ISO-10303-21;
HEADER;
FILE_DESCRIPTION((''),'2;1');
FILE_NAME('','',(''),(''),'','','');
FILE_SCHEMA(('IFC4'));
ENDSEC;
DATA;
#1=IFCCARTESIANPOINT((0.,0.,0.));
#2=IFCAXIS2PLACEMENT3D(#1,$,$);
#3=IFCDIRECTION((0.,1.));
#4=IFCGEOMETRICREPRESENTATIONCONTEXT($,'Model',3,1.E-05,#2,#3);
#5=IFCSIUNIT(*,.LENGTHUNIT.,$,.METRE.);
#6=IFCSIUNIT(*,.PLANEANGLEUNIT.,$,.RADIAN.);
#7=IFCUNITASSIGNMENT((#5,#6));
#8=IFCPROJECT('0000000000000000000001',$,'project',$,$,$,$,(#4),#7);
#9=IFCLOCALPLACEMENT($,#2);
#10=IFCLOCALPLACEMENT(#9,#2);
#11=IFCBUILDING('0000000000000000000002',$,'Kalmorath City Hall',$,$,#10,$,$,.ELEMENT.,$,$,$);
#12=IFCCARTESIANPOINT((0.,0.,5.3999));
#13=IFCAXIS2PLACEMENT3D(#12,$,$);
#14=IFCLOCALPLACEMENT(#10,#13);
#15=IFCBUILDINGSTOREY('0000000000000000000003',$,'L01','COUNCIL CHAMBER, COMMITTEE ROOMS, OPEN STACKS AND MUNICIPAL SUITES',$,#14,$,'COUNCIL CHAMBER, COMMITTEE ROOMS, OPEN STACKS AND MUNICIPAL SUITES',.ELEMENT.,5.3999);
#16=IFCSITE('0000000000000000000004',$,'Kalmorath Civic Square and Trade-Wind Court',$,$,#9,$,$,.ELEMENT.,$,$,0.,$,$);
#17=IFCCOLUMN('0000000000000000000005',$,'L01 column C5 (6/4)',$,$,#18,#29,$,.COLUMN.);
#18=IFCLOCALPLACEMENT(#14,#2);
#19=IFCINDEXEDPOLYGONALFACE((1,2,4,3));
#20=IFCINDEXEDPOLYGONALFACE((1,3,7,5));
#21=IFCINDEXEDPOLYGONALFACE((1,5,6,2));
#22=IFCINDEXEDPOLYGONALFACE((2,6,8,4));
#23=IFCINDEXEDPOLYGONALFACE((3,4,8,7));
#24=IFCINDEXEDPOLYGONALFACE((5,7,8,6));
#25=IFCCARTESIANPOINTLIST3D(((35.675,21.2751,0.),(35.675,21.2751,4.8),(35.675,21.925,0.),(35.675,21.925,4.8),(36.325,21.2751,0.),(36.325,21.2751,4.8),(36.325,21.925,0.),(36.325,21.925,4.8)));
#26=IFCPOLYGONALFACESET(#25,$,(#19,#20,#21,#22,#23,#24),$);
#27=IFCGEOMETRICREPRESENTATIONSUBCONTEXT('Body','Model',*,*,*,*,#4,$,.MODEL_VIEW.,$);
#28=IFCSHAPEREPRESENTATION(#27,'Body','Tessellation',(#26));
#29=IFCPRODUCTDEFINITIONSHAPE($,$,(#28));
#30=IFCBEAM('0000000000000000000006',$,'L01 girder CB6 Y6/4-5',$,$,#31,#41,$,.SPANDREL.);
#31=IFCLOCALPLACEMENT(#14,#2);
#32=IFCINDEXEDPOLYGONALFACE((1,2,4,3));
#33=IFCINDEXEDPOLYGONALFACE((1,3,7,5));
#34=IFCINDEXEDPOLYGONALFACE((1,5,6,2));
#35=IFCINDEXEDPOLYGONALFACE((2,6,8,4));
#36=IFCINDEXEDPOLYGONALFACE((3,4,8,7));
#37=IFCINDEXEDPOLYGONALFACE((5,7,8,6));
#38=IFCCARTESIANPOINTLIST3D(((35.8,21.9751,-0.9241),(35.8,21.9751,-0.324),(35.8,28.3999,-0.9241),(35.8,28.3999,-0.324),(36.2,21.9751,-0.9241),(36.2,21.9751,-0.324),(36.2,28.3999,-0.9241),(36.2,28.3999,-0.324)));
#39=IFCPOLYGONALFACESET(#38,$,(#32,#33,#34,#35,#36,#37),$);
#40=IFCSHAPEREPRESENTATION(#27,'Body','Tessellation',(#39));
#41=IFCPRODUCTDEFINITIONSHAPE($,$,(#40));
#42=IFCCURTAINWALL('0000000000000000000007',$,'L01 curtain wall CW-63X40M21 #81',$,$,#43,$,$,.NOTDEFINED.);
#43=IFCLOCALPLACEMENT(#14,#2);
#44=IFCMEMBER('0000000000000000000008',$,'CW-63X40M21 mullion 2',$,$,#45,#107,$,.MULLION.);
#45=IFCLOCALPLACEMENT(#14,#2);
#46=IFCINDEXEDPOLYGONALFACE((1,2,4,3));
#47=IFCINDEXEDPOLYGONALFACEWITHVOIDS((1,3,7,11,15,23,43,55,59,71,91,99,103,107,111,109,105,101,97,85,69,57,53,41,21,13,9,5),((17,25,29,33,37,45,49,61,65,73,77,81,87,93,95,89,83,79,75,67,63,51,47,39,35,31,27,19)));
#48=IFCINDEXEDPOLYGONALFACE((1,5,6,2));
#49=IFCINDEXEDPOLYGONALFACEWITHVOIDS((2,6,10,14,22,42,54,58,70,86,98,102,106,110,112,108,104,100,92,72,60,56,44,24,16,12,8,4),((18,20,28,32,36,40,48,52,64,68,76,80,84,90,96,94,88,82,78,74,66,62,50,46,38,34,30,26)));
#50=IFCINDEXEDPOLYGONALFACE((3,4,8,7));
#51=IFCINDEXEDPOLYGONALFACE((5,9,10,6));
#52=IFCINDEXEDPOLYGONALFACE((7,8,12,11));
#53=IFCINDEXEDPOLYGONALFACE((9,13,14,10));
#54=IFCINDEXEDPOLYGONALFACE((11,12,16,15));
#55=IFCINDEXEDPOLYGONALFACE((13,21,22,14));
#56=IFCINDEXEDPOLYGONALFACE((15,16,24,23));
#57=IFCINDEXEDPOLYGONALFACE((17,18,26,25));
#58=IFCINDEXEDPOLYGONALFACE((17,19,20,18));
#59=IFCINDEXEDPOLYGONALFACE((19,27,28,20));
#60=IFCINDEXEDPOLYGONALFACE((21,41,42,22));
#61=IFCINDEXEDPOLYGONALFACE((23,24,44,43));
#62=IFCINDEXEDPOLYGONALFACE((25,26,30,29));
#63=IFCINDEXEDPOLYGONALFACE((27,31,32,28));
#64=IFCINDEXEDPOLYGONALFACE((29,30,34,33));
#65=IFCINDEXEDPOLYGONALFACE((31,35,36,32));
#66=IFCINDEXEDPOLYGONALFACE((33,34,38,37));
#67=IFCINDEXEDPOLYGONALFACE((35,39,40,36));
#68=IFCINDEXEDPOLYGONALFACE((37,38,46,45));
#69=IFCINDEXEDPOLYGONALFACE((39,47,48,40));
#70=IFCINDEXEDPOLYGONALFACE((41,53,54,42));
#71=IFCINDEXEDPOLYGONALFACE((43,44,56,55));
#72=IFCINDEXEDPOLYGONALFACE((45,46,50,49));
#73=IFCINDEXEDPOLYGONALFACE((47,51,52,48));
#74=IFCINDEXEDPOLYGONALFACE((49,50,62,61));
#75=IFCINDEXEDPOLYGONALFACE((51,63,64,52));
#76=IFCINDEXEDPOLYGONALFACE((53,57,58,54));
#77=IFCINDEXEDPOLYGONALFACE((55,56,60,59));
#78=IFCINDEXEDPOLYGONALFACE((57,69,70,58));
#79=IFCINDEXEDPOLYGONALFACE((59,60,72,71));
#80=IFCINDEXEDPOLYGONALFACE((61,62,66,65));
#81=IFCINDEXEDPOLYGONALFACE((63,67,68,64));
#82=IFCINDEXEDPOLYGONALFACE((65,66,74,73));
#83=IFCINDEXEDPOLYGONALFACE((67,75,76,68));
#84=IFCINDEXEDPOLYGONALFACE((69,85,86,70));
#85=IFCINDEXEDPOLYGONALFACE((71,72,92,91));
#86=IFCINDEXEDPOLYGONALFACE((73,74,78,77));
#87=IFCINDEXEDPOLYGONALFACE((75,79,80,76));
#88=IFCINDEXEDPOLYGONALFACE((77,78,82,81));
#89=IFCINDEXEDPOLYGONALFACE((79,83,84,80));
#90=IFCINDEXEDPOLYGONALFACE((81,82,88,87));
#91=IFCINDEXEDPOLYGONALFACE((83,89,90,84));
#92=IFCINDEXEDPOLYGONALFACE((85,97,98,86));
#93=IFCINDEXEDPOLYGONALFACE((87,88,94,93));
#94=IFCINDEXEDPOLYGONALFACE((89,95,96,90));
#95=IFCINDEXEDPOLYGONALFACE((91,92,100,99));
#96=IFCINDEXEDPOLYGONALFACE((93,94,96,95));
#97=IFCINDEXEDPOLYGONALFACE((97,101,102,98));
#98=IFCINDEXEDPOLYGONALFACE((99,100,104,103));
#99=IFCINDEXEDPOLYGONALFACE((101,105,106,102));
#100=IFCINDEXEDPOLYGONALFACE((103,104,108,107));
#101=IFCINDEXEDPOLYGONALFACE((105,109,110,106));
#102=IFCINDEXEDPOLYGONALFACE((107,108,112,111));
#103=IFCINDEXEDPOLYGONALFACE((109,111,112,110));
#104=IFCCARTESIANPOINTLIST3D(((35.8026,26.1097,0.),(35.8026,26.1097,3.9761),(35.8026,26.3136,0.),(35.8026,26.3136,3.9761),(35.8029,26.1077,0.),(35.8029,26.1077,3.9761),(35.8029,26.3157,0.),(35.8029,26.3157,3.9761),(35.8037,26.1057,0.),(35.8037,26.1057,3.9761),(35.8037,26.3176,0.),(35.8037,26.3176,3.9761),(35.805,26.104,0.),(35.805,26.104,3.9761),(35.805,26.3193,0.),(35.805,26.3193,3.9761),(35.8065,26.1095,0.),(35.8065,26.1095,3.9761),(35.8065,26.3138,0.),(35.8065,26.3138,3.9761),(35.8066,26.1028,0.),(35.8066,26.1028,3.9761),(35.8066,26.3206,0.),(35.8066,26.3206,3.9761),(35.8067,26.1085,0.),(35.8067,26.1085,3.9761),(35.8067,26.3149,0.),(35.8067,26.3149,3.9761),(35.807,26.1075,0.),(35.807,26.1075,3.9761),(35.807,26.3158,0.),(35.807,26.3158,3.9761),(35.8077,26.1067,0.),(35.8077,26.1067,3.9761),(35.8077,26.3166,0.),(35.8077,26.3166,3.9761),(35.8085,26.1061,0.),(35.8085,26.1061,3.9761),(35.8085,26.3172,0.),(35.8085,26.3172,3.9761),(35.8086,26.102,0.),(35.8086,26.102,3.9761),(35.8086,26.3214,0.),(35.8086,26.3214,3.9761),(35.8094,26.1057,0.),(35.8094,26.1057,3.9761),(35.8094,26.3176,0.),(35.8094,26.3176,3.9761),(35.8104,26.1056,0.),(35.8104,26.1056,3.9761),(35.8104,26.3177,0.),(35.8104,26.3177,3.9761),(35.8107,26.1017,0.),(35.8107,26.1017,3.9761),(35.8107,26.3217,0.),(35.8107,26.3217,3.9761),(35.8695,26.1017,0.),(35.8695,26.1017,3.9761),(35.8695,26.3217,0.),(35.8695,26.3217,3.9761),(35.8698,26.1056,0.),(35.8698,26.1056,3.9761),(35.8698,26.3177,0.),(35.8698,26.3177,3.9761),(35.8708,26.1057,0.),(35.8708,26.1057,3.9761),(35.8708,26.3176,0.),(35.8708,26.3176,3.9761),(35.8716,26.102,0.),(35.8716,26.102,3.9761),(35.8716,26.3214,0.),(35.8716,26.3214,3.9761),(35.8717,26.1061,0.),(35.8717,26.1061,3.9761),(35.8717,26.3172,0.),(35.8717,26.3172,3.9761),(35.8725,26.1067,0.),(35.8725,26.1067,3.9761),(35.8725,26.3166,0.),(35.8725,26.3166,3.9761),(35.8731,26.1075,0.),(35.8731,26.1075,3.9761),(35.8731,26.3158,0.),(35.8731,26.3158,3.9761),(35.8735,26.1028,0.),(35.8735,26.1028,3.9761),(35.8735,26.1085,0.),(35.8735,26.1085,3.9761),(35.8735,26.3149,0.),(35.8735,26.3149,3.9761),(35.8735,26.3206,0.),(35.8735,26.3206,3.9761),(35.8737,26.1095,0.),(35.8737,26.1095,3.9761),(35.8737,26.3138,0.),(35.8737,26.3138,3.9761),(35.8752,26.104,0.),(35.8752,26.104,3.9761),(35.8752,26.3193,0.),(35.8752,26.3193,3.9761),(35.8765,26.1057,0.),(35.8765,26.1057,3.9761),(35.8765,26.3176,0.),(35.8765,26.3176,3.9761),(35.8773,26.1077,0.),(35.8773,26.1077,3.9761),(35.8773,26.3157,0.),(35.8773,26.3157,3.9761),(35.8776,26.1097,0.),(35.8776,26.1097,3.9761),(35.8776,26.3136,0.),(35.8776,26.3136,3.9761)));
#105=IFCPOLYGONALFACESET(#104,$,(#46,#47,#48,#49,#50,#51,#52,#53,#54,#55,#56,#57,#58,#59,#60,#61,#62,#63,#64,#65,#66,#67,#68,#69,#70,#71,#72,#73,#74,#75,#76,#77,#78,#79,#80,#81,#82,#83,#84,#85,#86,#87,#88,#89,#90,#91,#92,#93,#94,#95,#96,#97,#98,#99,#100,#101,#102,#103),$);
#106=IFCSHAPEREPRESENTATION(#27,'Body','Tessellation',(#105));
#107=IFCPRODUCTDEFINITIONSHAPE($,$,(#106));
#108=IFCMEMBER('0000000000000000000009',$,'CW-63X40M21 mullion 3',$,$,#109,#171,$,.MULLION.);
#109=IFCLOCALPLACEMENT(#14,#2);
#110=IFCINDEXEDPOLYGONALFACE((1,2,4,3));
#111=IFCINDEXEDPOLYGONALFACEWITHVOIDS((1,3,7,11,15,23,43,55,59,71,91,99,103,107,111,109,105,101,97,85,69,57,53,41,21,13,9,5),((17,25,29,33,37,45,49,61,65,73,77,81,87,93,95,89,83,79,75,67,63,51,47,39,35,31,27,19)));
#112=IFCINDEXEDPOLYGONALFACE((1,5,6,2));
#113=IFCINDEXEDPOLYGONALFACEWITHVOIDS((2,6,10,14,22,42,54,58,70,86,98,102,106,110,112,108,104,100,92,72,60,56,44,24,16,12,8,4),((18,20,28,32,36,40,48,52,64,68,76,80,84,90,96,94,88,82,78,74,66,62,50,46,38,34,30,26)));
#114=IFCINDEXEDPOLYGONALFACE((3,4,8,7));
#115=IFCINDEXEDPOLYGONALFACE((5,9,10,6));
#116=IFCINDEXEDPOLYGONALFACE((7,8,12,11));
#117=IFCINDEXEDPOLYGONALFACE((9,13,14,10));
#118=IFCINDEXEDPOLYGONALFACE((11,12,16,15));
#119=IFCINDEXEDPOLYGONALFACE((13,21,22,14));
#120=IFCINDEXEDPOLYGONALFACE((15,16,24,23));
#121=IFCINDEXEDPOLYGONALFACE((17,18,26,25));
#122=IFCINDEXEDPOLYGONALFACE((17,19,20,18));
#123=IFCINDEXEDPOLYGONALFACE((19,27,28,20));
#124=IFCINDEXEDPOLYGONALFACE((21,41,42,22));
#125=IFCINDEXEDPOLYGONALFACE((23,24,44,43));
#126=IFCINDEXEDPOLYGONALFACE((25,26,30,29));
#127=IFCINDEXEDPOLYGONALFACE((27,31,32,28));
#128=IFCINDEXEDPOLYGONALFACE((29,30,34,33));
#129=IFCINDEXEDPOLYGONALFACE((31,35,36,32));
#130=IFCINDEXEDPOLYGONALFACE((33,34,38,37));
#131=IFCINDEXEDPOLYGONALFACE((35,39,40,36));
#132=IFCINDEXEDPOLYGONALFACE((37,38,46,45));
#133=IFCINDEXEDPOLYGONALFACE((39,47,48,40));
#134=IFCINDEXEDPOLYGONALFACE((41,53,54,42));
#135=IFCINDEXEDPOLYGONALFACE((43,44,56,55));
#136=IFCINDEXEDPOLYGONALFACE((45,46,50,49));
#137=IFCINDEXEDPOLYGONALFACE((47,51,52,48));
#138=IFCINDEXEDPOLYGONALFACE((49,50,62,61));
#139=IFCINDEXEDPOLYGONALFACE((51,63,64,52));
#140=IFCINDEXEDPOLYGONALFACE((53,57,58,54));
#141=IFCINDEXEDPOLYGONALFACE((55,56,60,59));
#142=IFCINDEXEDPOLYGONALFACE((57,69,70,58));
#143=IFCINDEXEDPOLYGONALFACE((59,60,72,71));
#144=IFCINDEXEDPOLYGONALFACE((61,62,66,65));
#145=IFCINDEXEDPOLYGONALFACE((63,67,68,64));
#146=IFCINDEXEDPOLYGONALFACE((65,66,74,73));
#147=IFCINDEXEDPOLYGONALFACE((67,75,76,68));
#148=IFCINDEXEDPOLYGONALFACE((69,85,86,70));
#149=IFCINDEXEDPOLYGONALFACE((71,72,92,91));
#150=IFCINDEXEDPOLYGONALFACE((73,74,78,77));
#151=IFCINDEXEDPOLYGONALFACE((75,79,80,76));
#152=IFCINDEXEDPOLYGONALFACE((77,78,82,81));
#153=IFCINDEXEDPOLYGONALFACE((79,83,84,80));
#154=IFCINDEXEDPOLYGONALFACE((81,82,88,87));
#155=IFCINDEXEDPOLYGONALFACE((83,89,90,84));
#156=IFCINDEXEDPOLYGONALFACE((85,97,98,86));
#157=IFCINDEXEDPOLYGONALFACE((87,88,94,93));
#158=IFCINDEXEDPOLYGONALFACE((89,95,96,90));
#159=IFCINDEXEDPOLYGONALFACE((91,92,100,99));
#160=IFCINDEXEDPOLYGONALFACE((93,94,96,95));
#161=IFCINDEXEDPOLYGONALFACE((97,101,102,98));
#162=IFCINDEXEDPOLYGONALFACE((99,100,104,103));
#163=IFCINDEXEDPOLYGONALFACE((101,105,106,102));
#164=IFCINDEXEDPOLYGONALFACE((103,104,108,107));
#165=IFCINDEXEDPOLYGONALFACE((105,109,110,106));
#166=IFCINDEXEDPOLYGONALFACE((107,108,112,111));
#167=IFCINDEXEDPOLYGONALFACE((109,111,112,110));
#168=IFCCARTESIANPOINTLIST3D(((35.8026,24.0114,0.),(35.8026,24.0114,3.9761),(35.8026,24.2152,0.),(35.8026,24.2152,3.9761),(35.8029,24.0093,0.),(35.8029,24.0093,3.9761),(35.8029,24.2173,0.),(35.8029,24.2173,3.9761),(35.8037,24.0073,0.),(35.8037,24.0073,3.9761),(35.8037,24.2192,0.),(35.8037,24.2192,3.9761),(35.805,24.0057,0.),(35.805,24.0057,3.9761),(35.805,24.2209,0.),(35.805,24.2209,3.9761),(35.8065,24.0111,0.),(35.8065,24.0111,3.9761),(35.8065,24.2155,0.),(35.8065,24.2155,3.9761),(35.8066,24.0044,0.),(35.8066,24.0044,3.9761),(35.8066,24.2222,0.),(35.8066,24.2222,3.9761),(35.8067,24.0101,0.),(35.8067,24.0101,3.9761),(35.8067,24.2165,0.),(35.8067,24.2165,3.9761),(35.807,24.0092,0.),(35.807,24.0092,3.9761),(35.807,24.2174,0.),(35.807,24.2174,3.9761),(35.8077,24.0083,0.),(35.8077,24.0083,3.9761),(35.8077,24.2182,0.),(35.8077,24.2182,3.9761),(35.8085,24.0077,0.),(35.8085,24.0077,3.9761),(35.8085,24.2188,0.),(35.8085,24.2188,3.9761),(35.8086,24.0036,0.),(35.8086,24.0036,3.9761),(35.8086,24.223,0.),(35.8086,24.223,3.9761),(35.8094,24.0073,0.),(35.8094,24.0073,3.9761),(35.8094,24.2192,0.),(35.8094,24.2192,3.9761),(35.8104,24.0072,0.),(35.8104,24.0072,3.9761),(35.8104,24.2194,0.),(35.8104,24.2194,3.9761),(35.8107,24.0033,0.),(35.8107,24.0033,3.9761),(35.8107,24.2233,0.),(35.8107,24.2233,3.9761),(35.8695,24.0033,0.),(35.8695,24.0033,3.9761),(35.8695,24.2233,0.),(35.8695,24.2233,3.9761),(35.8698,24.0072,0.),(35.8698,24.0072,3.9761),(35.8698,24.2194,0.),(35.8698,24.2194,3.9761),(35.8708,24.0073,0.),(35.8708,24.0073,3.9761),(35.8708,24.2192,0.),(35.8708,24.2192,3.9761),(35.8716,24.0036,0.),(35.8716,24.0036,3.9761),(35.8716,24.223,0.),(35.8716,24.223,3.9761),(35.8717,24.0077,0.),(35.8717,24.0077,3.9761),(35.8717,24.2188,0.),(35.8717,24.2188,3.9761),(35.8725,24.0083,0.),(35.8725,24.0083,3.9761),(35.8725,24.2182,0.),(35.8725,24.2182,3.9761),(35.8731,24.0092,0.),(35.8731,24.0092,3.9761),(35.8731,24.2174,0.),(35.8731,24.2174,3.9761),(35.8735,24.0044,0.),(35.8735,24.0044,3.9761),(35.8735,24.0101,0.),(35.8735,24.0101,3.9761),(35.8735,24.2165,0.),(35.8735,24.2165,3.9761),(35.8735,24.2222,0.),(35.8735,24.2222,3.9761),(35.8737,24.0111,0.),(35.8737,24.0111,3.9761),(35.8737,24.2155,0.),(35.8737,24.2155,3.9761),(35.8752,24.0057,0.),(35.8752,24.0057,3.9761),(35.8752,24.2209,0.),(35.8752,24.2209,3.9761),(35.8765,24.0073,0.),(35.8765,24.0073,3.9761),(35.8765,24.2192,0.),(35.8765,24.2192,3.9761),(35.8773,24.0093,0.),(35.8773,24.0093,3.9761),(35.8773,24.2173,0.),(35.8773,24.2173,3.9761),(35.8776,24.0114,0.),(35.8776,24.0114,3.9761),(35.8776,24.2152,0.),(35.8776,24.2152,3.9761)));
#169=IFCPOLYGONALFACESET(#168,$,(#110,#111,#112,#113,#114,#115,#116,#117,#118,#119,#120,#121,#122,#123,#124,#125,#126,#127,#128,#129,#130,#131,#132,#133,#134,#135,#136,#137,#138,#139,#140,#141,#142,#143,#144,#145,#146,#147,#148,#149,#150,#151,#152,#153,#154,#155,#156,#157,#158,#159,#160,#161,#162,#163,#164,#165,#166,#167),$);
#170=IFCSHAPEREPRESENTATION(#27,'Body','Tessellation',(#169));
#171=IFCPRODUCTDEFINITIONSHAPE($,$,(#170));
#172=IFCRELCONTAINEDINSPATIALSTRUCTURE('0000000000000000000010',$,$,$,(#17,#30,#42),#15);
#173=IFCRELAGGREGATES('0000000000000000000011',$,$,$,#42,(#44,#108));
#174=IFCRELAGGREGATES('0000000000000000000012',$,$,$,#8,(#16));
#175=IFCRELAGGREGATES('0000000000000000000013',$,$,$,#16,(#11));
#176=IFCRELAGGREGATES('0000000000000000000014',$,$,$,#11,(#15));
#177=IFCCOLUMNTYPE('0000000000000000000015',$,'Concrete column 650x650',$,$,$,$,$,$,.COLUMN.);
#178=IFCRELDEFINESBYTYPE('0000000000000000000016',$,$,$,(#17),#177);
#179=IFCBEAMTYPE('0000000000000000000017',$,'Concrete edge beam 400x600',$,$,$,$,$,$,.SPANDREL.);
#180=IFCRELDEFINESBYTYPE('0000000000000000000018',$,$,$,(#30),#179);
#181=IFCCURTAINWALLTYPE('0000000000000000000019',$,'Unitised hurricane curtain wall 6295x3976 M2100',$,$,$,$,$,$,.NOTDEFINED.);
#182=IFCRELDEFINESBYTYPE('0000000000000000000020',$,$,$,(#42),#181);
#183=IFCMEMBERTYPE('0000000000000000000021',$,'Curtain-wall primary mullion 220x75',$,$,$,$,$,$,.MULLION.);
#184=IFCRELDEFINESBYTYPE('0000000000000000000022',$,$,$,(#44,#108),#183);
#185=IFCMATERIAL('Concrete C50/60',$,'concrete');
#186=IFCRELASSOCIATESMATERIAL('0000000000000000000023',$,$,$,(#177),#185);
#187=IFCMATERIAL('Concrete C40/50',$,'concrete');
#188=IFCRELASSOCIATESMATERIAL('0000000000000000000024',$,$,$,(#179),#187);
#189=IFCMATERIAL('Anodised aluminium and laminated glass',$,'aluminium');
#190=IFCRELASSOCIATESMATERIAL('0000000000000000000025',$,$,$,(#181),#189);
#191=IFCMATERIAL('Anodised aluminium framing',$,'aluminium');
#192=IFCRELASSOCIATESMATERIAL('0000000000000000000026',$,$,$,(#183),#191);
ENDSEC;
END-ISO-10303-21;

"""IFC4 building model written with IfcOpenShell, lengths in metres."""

from ifc_helpers import new_model, si_unit, direction, frame, origin, origin_2d, place, context, subcontext, project, spatial, rectangle, hollow_rectangle, extrude, material, material_profile, profile_set, type_object, element, aggregate, save


model = new_model("IFC4")

# Units and contexts
model_context = context("Model", 3, precision=1e-05, world=origin(), true_north=direction((0.0, 1.0)))
body_context = subcontext(model_context, "Body", "Model", "MODEL_VIEW")
ifc_project = project(units=[si_unit("LENGTHUNIT", "METRE"), si_unit("PLANEANGLEUNIT", "RADIAN")], contexts=[model_context])

# Site, building, storey
site_placement = place(None, origin())
site = spatial("IfcSite", under=ifc_project, at=site_placement, Name="Kalmorath Civic Square and Trade-Wind Court", CompositionType="ELEMENT", RefElevation=0.0)
building_placement = place(site_placement, origin())
building = spatial("IfcBuilding", under=site, at=building_placement, Name="Kalmorath City Hall", CompositionType="ELEMENT")
storey_placement = place(building_placement, frame((0.0, 0.0, 5.3999)))
storey = spatial("IfcBuildingStorey", under=building, at=storey_placement, Name="L01", Description="COUNCIL CHAMBER, COMMITTEE ROOMS, OPEN STACKS AND MUNICIPAL SUITES", LongName="COUNCIL CHAMBER, COMMITTEE ROOMS, OPEN STACKS AND MUNICIPAL SUITES", CompositionType="ELEMENT", Elevation=5.3999)

# Column
ifc_material_1 = material(Name="Concrete C50/60", Category="concrete")
ifc_material_profile_1 = material_profile(ifc_material_1, rectangle(XDim=0.6499, YDim=0.6499, at=origin_2d()), Name="RC-COL-650X650")
ifc_profile_set_1 = profile_set([ifc_material_profile_1], Name="Concrete C50/60")
column_type = type_object("IfcColumnType", Name="Concrete column 650x650", PredefinedType="COLUMN", material=ifc_profile_set_1)
column_placement = place(storey_placement, frame((36.0, 21.6001, 0.0), z_axis=(0.0, 0.0, 1.0), x_axis=(1.0, 0.0, 0.0)))
element("IfcColumn", 1, at=column_placement, inside=storey, type_object=column_type, Name="L01 column C5 (6/4)", PredefinedType="COLUMN", context=body_context, shape_type="SweptSolid", body=[
    extrude(rectangle(XDim=0.6499, YDim=0.6499, at=origin_2d()), origin(), (0.0, 0.0, 1.0), 4.8),
])

# Beam
ifc_material_2 = material(Name="Concrete C40/50", Category="concrete")
ifc_material_profile_2 = material_profile(ifc_material_2, rectangle(XDim=0.3999, YDim=0.6001, at=origin_2d()), Name="RC-BM-400X600")
ifc_profile_set_2 = profile_set([ifc_material_profile_2], Name="Concrete C40/50")
beam_type = type_object("IfcBeamType", Name="Concrete edge beam 400x600", PredefinedType="SPANDREL", material=ifc_profile_set_2)
beam_placement = place(storey_placement, frame((36.0, 21.9751, -0.624), z_axis=(0.0, 1.0, 0.0), x_axis=(-1.0, 0.0, 0.0)))
element("IfcBeam", 2, at=beam_placement, inside=storey, type_object=beam_type, Name="L01 girder CB6 Y6/4-5", PredefinedType="SPANDREL", context=body_context, shape_type="SweptSolid", body=[
    extrude(rectangle(XDim=0.3999, YDim=0.6001, at=origin_2d()), origin(), (0.0, 0.0, 1.0), 6.4248),
])

# Curtain wall, members
ifc_material_3 = material(Name="Anodised aluminium and laminated glass", Category="aluminium")
curtain_wall_type = type_object("IfcCurtainWallType", Name="Unitised hurricane curtain wall 6295x3976 M2100", PredefinedType="NOTDEFINED", material=ifc_material_3)
curtain_wall_placement = place(storey_placement, origin())
curtain_wall = element("IfcCurtainWall", 3, at=curtain_wall_placement, inside=storey, type_object=curtain_wall_type, Name="L01 curtain wall CW-63X40M21 #81", PredefinedType="NOTDEFINED")
ifc_material_4 = material(Name="Anodised aluminium framing", Category="aluminium")
ifc_material_profile_3 = material_profile(ifc_material_4, hollow_rectangle(XDim=0.075, YDim=0.22, WallThickness=0.0039, InnerFilletRadius=0.0039, OuterFilletRadius=0.0081, at=origin_2d()), Name="ALU-MUL-220X75X4")
ifc_profile_set_3 = profile_set([ifc_material_profile_3], Name="Anodised aluminium framing")
member_type_1 = type_object("IfcMemberType", Name="Curtain-wall primary mullion 220x75", PredefinedType="MULLION", material=ifc_profile_set_3)
member_1_placement = place(storey_placement, frame((35.8401, 26.2117, 0.0), z_axis=(0.0, 0.0, 1.0), x_axis=(1.0, 0.0, 0.0)))
member_1 = element("IfcMember", 4, at=member_1_placement, type_object=member_type_1, Name="CW-63X40M21 mullion 2", PredefinedType="MULLION", context=body_context, shape_type="SweptSolid", body=[
    extrude(hollow_rectangle(XDim=0.075, YDim=0.22, WallThickness=0.0039, InnerFilletRadius=0.0039, OuterFilletRadius=0.0081, at=origin_2d()), origin(), (0.0, 0.0, 1.0), 3.9761),
])
member_2_placement = place(storey_placement, frame((35.8401, 24.1133, 0.0), z_axis=(0.0, 0.0, 1.0), x_axis=(1.0, 0.0, 0.0)))
member_2 = element("IfcMember", 5, at=member_2_placement, type_object=member_type_1, Name="CW-63X40M21 mullion 3", PredefinedType="MULLION", context=body_context, shape_type="SweptSolid", body=[
    extrude(hollow_rectangle(XDim=0.075, YDim=0.22, WallThickness=0.0039, InnerFilletRadius=0.0039, OuterFilletRadius=0.0081, at=origin_2d()), origin(), (0.0, 0.0, 1.0), 3.9761),
])
aggregate(curtain_wall, [member_1, member_2])

save(model, "model.ifc")
